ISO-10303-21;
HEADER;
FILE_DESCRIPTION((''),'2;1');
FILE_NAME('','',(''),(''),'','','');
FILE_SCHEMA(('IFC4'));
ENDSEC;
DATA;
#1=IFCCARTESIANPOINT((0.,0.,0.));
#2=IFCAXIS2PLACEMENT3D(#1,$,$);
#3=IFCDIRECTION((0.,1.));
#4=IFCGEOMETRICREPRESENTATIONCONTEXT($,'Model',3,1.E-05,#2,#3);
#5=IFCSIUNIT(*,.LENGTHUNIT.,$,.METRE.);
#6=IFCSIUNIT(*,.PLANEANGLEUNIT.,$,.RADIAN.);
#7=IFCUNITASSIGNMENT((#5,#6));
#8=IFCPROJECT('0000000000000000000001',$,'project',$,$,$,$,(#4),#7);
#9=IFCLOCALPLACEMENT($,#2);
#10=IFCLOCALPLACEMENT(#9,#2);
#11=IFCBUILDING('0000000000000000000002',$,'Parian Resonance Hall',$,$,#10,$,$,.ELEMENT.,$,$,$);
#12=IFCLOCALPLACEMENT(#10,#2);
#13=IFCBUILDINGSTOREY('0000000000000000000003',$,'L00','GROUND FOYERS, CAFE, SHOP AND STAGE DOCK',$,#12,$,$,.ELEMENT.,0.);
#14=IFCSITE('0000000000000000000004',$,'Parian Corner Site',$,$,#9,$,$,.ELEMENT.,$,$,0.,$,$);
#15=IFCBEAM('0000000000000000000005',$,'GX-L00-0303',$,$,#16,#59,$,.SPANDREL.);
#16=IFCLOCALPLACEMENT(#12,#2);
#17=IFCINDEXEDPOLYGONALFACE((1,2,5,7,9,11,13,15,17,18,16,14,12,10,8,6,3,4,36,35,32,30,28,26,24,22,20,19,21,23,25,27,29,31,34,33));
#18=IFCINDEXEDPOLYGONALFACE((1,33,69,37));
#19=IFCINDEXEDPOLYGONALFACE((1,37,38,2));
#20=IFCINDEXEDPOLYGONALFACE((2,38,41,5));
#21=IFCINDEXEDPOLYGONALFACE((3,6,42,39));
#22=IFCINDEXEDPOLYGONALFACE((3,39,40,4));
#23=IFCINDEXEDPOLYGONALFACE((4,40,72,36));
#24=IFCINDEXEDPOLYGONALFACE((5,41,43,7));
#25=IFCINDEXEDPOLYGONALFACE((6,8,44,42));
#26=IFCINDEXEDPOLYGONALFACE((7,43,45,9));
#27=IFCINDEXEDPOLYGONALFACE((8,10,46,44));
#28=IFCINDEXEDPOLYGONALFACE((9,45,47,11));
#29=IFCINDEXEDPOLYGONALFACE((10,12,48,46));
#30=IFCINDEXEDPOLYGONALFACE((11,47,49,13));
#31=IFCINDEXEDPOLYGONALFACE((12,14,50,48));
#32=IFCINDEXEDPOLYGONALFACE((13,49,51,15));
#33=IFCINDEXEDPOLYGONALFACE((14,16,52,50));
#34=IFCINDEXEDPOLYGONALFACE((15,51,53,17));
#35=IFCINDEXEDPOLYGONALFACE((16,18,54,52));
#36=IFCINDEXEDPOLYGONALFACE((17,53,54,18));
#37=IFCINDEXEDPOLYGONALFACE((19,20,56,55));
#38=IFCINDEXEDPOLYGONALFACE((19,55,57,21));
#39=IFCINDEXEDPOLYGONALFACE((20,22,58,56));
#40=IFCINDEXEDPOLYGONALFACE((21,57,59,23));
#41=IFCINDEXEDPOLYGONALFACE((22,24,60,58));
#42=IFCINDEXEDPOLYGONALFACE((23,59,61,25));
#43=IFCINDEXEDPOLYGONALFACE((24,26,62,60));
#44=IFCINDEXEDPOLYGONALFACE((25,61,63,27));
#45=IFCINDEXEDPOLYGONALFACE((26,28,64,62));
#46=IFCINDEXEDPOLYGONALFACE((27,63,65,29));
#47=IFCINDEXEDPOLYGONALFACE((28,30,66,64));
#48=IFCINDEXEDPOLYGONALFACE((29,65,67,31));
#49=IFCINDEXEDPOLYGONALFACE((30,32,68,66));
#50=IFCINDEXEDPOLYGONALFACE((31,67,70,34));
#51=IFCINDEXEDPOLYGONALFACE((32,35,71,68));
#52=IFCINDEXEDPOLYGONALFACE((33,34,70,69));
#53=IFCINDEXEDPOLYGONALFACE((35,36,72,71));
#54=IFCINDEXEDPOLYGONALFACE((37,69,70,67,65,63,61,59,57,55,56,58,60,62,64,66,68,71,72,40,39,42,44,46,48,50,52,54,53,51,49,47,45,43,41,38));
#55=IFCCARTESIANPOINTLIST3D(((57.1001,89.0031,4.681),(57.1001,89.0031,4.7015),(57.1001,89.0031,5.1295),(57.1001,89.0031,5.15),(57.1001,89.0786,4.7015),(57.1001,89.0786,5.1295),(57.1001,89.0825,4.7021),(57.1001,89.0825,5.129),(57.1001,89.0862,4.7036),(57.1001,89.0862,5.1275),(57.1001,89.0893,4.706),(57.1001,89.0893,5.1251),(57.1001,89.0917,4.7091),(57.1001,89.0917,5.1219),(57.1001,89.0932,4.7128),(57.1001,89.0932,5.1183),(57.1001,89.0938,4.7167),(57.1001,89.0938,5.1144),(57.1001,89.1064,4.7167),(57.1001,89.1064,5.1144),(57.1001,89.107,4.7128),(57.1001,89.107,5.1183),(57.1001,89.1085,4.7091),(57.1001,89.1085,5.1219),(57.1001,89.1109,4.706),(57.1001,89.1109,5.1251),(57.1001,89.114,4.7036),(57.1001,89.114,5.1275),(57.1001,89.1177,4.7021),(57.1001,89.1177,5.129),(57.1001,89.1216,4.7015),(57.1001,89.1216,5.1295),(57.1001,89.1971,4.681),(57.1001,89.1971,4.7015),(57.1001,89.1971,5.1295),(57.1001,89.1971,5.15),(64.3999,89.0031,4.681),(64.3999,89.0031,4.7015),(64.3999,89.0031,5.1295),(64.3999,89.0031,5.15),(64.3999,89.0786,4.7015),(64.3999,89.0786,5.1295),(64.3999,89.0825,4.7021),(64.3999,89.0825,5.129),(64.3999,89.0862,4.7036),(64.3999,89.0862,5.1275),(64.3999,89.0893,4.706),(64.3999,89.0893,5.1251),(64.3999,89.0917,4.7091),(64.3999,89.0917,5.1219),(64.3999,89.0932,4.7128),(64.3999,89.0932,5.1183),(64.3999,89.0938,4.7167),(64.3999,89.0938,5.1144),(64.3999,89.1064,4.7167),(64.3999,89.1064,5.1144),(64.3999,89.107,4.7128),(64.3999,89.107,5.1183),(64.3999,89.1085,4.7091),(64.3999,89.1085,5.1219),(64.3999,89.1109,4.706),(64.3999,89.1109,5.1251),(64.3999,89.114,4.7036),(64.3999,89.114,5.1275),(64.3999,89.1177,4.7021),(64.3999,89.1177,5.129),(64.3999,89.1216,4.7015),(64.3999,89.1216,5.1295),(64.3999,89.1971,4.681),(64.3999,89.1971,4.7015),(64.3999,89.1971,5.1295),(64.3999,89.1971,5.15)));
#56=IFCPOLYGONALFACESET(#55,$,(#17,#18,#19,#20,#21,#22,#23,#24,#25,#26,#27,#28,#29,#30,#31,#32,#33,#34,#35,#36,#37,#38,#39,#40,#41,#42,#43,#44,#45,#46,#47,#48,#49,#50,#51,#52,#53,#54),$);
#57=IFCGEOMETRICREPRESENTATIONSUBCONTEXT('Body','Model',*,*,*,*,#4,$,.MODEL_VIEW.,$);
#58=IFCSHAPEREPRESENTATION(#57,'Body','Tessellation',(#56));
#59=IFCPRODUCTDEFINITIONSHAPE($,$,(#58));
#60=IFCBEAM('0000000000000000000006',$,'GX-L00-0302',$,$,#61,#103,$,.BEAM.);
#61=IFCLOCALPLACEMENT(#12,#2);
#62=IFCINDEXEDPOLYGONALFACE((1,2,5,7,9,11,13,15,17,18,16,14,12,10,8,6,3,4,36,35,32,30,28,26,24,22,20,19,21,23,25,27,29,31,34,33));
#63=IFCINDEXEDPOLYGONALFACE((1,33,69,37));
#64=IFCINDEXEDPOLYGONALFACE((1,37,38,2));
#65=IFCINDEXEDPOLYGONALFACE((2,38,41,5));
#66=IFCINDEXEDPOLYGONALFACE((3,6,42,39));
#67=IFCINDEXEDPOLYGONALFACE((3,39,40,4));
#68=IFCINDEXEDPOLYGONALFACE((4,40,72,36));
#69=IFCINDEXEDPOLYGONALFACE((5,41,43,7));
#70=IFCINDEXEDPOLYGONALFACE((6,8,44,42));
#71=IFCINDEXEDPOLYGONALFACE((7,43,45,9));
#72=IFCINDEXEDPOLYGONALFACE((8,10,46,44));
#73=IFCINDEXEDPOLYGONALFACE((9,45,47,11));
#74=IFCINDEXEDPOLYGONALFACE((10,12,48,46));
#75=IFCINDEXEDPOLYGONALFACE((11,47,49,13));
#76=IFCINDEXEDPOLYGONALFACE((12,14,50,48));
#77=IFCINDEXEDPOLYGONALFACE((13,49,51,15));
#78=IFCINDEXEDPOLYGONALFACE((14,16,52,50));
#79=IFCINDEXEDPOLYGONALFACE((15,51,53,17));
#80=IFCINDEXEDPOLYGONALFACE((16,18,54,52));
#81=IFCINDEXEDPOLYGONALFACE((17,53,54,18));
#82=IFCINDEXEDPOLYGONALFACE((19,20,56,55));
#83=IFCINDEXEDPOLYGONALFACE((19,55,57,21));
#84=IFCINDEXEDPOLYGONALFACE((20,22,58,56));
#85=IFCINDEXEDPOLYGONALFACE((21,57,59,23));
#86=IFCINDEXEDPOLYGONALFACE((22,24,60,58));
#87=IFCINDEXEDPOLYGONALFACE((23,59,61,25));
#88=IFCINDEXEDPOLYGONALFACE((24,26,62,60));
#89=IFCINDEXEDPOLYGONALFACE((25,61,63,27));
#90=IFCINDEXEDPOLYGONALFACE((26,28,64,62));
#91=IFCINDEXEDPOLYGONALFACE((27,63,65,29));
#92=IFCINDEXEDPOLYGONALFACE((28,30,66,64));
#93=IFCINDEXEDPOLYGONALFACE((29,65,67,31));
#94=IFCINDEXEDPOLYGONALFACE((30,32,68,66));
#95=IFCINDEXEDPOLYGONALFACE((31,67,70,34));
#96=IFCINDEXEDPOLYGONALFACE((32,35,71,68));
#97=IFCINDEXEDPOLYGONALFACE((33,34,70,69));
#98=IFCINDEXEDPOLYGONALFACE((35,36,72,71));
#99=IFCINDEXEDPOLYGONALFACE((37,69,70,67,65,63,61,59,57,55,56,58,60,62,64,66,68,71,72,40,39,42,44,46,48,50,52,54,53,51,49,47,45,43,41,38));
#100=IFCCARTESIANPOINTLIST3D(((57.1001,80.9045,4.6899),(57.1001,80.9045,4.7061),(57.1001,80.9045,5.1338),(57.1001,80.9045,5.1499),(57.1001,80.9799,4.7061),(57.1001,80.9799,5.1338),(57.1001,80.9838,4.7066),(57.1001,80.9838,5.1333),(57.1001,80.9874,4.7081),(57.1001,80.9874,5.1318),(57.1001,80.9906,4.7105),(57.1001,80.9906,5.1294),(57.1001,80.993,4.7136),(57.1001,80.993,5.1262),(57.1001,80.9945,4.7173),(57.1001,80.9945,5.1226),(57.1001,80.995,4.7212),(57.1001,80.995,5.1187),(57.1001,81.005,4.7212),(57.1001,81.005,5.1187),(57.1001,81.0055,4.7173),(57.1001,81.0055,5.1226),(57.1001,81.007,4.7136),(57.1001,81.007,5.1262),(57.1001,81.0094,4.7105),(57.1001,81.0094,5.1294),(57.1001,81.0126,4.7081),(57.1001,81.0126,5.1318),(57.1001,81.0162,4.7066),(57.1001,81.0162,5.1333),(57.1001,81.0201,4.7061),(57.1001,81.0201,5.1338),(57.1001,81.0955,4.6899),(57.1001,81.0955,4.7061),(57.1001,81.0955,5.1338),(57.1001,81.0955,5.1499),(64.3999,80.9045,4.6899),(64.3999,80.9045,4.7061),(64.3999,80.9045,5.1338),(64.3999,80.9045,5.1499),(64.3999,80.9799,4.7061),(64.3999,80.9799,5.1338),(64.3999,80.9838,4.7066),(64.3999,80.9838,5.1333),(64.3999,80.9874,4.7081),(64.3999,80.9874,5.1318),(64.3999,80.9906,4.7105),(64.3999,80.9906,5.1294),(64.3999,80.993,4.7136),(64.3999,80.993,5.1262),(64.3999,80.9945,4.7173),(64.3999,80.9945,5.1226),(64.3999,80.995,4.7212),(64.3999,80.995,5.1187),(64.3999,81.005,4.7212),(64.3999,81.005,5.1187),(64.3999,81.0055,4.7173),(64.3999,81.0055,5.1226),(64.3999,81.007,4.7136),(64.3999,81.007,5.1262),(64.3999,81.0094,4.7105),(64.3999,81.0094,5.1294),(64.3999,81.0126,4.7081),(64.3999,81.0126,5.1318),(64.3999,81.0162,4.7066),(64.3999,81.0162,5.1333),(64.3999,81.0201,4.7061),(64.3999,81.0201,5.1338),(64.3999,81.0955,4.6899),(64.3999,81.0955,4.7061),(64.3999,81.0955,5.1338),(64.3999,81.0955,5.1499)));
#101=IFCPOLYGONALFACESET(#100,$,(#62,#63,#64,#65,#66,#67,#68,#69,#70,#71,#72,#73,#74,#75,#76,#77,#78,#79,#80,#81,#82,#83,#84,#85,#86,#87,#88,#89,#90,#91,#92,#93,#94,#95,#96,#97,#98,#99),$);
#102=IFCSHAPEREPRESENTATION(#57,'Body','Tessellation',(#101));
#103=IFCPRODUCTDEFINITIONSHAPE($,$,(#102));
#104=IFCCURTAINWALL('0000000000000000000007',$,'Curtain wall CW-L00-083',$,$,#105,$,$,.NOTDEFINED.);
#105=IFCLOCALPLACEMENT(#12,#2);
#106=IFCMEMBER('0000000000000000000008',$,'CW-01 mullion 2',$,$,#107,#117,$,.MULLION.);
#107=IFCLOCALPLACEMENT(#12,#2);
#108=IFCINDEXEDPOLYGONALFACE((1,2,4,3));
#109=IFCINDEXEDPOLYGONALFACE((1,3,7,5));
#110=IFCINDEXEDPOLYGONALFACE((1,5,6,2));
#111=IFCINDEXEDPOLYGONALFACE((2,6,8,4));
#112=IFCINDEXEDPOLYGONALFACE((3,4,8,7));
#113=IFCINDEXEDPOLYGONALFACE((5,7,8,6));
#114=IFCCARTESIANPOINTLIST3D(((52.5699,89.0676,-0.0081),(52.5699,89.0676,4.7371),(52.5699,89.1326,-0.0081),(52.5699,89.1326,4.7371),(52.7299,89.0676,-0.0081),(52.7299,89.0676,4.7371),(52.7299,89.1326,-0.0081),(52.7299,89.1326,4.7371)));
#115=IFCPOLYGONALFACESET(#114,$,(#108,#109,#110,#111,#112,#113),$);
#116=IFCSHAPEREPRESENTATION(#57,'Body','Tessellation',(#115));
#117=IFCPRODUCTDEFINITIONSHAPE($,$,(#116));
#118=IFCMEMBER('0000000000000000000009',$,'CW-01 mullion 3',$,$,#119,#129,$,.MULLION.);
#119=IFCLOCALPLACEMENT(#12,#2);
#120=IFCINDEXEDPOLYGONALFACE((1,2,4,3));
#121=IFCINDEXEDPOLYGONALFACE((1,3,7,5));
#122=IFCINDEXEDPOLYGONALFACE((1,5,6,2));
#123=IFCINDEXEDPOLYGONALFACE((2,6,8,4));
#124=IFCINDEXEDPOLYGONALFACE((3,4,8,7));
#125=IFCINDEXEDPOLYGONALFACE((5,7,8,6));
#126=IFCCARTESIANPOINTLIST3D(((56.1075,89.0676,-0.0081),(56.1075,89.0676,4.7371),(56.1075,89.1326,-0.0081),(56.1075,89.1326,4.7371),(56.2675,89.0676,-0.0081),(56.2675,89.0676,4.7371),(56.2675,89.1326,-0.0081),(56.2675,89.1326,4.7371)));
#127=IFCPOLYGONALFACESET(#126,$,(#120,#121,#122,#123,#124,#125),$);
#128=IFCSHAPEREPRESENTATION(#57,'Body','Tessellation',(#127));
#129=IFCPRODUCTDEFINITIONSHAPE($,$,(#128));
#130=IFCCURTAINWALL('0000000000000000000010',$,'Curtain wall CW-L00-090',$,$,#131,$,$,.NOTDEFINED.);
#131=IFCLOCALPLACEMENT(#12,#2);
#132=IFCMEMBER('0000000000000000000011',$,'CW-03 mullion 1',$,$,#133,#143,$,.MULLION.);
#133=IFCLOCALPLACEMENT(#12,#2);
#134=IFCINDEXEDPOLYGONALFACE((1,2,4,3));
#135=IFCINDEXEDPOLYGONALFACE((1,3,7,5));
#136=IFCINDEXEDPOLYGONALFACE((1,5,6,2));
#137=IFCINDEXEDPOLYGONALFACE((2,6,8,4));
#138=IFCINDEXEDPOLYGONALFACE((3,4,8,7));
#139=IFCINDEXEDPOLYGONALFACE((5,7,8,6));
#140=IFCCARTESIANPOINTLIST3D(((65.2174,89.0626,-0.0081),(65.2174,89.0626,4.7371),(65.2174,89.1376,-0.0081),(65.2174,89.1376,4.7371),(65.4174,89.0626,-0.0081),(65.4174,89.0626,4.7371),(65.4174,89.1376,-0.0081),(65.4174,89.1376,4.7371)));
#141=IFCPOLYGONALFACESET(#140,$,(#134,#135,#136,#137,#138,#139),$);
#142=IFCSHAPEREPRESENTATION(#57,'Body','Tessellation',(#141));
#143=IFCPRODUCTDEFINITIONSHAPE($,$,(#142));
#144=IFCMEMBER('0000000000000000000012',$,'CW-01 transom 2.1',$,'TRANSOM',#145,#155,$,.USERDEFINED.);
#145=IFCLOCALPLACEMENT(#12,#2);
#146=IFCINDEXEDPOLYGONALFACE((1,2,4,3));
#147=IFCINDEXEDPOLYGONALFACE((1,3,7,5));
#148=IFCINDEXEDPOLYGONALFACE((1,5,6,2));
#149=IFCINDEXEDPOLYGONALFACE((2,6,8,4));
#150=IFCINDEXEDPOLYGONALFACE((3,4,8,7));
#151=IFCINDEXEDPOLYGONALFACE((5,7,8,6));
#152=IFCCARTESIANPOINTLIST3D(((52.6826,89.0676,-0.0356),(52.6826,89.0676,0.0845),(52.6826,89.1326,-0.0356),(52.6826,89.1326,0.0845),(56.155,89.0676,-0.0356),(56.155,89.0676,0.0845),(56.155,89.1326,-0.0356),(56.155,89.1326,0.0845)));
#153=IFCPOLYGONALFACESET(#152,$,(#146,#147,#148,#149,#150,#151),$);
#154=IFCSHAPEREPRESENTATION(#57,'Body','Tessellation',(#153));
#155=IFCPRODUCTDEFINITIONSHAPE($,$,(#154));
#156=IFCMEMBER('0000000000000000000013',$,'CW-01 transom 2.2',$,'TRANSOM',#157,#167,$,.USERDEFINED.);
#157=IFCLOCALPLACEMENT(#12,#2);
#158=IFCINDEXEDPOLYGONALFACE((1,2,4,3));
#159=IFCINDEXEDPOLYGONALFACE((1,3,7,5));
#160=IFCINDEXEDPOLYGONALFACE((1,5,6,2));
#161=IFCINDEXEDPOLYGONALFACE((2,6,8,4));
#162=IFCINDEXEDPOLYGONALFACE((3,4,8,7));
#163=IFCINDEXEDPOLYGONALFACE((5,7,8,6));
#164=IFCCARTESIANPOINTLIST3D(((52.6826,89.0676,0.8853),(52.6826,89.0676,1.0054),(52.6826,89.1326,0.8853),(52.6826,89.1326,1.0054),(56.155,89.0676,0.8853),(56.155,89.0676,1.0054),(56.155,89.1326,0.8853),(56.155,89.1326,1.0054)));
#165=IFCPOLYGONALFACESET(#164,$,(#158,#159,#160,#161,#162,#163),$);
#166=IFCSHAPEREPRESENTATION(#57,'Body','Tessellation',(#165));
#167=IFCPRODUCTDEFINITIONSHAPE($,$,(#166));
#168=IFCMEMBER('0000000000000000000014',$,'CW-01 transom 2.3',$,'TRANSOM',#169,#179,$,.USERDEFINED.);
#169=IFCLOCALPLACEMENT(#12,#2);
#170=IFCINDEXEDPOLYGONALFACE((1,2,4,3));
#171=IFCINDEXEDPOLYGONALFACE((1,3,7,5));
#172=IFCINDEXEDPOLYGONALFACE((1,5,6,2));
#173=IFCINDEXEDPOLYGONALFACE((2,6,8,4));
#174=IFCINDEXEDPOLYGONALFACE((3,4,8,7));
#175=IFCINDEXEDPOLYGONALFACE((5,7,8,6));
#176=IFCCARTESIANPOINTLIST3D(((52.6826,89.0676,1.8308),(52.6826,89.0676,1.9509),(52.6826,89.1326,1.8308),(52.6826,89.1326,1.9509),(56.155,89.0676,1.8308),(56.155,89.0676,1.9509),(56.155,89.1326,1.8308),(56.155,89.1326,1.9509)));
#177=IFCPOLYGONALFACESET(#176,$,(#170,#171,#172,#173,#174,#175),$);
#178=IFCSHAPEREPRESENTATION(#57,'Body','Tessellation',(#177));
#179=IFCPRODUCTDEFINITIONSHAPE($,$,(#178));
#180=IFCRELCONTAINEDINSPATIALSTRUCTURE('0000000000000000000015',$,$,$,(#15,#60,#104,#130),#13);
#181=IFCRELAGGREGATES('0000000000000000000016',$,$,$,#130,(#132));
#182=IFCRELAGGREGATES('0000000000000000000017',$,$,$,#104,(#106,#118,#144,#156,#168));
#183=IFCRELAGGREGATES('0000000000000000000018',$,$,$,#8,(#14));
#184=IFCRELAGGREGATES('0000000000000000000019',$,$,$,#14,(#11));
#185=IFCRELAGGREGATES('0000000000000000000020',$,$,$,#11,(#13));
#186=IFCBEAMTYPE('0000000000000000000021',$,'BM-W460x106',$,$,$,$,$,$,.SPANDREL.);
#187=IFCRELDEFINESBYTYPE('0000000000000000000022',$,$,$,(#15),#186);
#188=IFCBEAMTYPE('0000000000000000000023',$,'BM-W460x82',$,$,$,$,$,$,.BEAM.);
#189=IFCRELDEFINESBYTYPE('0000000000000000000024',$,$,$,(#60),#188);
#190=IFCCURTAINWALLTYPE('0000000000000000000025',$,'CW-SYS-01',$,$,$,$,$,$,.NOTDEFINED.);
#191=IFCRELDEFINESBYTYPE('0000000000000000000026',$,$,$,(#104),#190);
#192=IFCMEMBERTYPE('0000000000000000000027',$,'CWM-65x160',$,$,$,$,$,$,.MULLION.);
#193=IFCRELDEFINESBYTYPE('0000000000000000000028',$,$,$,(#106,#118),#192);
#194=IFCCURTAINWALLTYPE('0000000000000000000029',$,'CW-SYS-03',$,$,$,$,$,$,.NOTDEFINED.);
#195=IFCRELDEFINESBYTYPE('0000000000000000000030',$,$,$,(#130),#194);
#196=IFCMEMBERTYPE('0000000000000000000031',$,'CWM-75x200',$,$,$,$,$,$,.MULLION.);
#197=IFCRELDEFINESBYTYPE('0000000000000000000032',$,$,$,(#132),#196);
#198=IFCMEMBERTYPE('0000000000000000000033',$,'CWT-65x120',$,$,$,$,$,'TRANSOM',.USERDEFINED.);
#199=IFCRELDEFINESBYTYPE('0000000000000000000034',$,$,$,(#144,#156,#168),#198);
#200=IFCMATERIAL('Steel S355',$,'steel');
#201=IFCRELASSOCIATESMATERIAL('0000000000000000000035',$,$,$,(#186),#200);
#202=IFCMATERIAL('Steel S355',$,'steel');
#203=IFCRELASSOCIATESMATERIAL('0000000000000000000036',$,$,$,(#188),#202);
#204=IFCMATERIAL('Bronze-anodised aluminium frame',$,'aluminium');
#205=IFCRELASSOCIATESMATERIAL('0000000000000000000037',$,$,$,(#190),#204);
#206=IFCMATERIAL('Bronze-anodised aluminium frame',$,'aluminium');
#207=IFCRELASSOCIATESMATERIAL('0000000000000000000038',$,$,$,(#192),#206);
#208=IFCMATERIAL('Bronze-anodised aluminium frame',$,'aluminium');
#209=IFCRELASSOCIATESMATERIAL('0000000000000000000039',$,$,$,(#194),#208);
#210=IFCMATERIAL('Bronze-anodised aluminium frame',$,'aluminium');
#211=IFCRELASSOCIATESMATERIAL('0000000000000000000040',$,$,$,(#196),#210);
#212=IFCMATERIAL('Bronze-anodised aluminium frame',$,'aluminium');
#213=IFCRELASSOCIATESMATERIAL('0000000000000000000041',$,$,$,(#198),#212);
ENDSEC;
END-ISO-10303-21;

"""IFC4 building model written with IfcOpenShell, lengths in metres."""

from ifc_helpers import new_model, si_unit, direction, frame, origin, origin_2d, place, context, subcontext, project, spatial, rectangle, i_section, extrude, material, material_profile, profile_set, type_object, element, aggregate, save


model = new_model("IFC4")

# Units and contexts
model_context = context("Model", 3, precision=1e-05, world=origin(), true_north=direction((0.0, 1.0)))
body_context = subcontext(model_context, "Body", "Model", "MODEL_VIEW")
ifc_project = project(units=[si_unit("LENGTHUNIT", "METRE"), si_unit("PLANEANGLEUNIT", "RADIAN")], contexts=[model_context])

# Site, building, storey
site_placement = place(None, origin())
site = spatial("IfcSite", under=ifc_project, at=site_placement, Name="Parian Corner Site", CompositionType="ELEMENT", RefElevation=0.0)
building_placement = place(site_placement, origin())
building = spatial("IfcBuilding", under=site, at=building_placement, Name="Parian Resonance Hall", CompositionType="ELEMENT")
storey_placement = place(building_placement, origin())
storey = spatial("IfcBuildingStorey", under=building, at=storey_placement, Name="L00", Description="GROUND FOYERS, CAFE, SHOP AND STAGE DOCK", CompositionType="ELEMENT", Elevation=0.0)

# Beams
ifc_material_1 = material(Name="Steel S355", Category="steel")
ifc_material_profile_1 = material_profile(ifc_material_1, i_section(OverallWidth=0.1941, OverallDepth=0.469, WebThickness=0.0127, FlangeThickness=0.0205, FilletRadius=0.0151, at=origin_2d()), Name="W460x106")
ifc_profile_set_1 = profile_set([ifc_material_profile_1], Name="Steel S355")
beam_type_1 = type_object("IfcBeamType", Name="BM-W460x106", PredefinedType="SPANDREL", material=ifc_profile_set_1)
beam_1_placement = place(storey_placement, frame((57.1001, 89.1001, 4.9155), z_axis=(1.0, 0.0, 0.0), x_axis=(0.0, 1.0, 0.0)))
element("IfcBeam", 1, at=beam_1_placement, inside=storey, type_object=beam_type_1, Name="GX-L00-0303", PredefinedType="SPANDREL", context=body_context, shape_type="SweptSolid", body=[
    extrude(i_section(OverallWidth=0.1941, OverallDepth=0.469, WebThickness=0.0127, FlangeThickness=0.0205, FilletRadius=0.0151, at=origin_2d()), origin(), (0.0, 0.0, 1.0), 7.2998),
])
ifc_material_2 = material(Name="Steel S355", Category="steel")
ifc_material_profile_2 = material_profile(ifc_material_2, i_section(OverallWidth=0.1909, OverallDepth=0.46, WebThickness=0.01, FlangeThickness=0.0161, FilletRadius=0.0151, at=origin_2d()), Name="W460x82")
ifc_profile_set_2 = profile_set([ifc_material_profile_2], Name="Steel S355")
beam_type_2 = type_object("IfcBeamType", Name="BM-W460x82", PredefinedType="BEAM", material=ifc_profile_set_2)
beam_2_placement = place(storey_placement, frame((57.1001, 81.0, 4.9199), z_axis=(1.0, 0.0, 0.0), x_axis=(0.0, 1.0, 0.0)))
element("IfcBeam", 2, at=beam_2_placement, inside=storey, type_object=beam_type_2, Name="GX-L00-0302", PredefinedType="BEAM", context=body_context, shape_type="SweptSolid", body=[
    extrude(i_section(OverallWidth=0.1909, OverallDepth=0.46, WebThickness=0.01, FlangeThickness=0.0161, FilletRadius=0.0151, at=origin_2d()), origin(), (0.0, 0.0, 1.0), 7.2998),
])

# Curtain wall, members
ifc_material_3 = material(Name="Bronze-anodised aluminium frame", Category="aluminium")
curtain_wall_type_1 = type_object("IfcCurtainWallType", Name="CW-SYS-01", PredefinedType="NOTDEFINED", material=ifc_material_3)
curtain_wall_1_placement = place(storey_placement, origin())
curtain_wall_1 = element("IfcCurtainWall", 3, at=curtain_wall_1_placement, inside=storey, type_object=curtain_wall_type_1, Name="Curtain wall CW-L00-083", PredefinedType="NOTDEFINED")
ifc_material_4 = material(Name="Bronze-anodised aluminium frame", Category="aluminium")
ifc_material_profile_3 = material_profile(ifc_material_4, rectangle(XDim=0.0649, YDim=0.1599, at=origin_2d()), Name="CWM-65x160")
ifc_profile_set_3 = profile_set([ifc_material_profile_3], Name="Bronze-anodised aluminium frame")
member_type_1 = type_object("IfcMemberType", Name="CWM-65x160", PredefinedType="MULLION", material=ifc_profile_set_3)
member_1_placement = place(storey_placement, frame((52.6499, 89.1001, -0.0081), z_axis=(0.0, 0.0, 1.0), x_axis=(0.0, 1.0, 0.0)))
member_1 = element("IfcMember", 4, at=member_1_placement, type_object=member_type_1, Name="CW-01 mullion 2", PredefinedType="MULLION", context=body_context, shape_type="SweptSolid", body=[
    extrude(rectangle(XDim=0.0649, YDim=0.1599, at=origin_2d()), origin(), (0.0, 0.0, 1.0), 4.7451),
])
member_2_placement = place(storey_placement, frame((56.1875, 89.1001, -0.0081), z_axis=(0.0, 0.0, 1.0), x_axis=(0.0, 1.0, 0.0)))
member_2 = element("IfcMember", 5, at=member_2_placement, type_object=member_type_1, Name="CW-01 mullion 3", PredefinedType="MULLION", context=body_context, shape_type="SweptSolid", body=[
    extrude(rectangle(XDim=0.0649, YDim=0.1599, at=origin_2d()), origin(), (0.0, 0.0, 1.0), 4.7451),
])

# Curtain wall, member
ifc_material_5 = material(Name="Bronze-anodised aluminium frame", Category="aluminium")
curtain_wall_type_2 = type_object("IfcCurtainWallType", Name="CW-SYS-03", PredefinedType="NOTDEFINED", material=ifc_material_5)
curtain_wall_2_placement = place(storey_placement, origin())
curtain_wall_2 = element("IfcCurtainWall", 6, at=curtain_wall_2_placement, inside=storey, type_object=curtain_wall_type_2, Name="Curtain wall CW-L00-090", PredefinedType="NOTDEFINED")
ifc_material_6 = material(Name="Bronze-anodised aluminium frame", Category="aluminium")
ifc_material_profile_4 = material_profile(ifc_material_6, rectangle(XDim=0.075, YDim=0.2, at=origin_2d()), Name="CWM-75x200")
ifc_profile_set_4 = profile_set([ifc_material_profile_4], Name="Bronze-anodised aluminium frame")
member_type_2 = type_object("IfcMemberType", Name="CWM-75x200", PredefinedType="MULLION", material=ifc_profile_set_4)
member_3_placement = place(storey_placement, frame((65.3174, 89.1001, -0.0081), z_axis=(0.0, 0.0, 1.0), x_axis=(0.0, 1.0, 0.0)))
member_3 = element("IfcMember", 7, at=member_3_placement, type_object=member_type_2, Name="CW-03 mullion 1", PredefinedType="MULLION", context=body_context, shape_type="SweptSolid", body=[
    extrude(rectangle(XDim=0.075, YDim=0.2, at=origin_2d()), origin(), (0.0, 0.0, 1.0), 4.7451),
])

# Members
ifc_material_7 = material(Name="Bronze-anodised aluminium frame", Category="aluminium")
ifc_material_profile_5 = material_profile(ifc_material_7, rectangle(XDim=0.0649, YDim=0.1201, at=origin_2d()), Name="CWT-65x120")
ifc_profile_set_5 = profile_set([ifc_material_profile_5], Name="Bronze-anodised aluminium frame")
member_type_3 = type_object("IfcMemberType", Name="CWT-65x120", ElementType="TRANSOM", PredefinedType="USERDEFINED", material=ifc_profile_set_5)
member_4_placement = place(storey_placement, frame((52.6826, 89.1001, 0.0244), z_axis=(1.0, 0.0, 0.0), x_axis=(0.0, 1.0, 0.0)))
member_4 = element("IfcMember", 8, at=member_4_placement, type_object=member_type_3, Name="CW-01 transom 2.1", ObjectType="TRANSOM", PredefinedType="USERDEFINED", context=body_context, shape_type="SweptSolid", body=[
    extrude(rectangle(XDim=0.0649, YDim=0.1201, at=origin_2d()), origin(), (0.0, 0.0, 1.0), 3.4724),
])
member_5_placement = place(storey_placement, frame((52.6826, 89.1001, 0.9453), z_axis=(1.0, 0.0, 0.0), x_axis=(0.0, 1.0, 0.0)))
member_5 = element("IfcMember", 9, at=member_5_placement, type_object=member_type_3, Name="CW-01 transom 2.2", ObjectType="TRANSOM", PredefinedType="USERDEFINED", context=body_context, shape_type="SweptSolid", body=[
    extrude(rectangle(XDim=0.0649, YDim=0.1201, at=origin_2d()), origin(), (0.0, 0.0, 1.0), 3.4724),
])
member_6_placement = place(storey_placement, frame((52.6826, 89.1001, 1.8909), z_axis=(1.0, 0.0, 0.0), x_axis=(0.0, 1.0, 0.0)))
member_6 = element("IfcMember", 10, at=member_6_placement, type_object=member_type_3, Name="CW-01 transom 2.3", ObjectType="TRANSOM", PredefinedType="USERDEFINED", context=body_context, shape_type="SweptSolid", body=[
    extrude(rectangle(XDim=0.0649, YDim=0.1201, at=origin_2d()), origin(), (0.0, 0.0, 1.0), 3.4724),
])
aggregate(curtain_wall_2, [member_3])

aggregate(curtain_wall_1, [member_1, member_2, member_4, member_5, member_6])

save(model, "model.ifc")
